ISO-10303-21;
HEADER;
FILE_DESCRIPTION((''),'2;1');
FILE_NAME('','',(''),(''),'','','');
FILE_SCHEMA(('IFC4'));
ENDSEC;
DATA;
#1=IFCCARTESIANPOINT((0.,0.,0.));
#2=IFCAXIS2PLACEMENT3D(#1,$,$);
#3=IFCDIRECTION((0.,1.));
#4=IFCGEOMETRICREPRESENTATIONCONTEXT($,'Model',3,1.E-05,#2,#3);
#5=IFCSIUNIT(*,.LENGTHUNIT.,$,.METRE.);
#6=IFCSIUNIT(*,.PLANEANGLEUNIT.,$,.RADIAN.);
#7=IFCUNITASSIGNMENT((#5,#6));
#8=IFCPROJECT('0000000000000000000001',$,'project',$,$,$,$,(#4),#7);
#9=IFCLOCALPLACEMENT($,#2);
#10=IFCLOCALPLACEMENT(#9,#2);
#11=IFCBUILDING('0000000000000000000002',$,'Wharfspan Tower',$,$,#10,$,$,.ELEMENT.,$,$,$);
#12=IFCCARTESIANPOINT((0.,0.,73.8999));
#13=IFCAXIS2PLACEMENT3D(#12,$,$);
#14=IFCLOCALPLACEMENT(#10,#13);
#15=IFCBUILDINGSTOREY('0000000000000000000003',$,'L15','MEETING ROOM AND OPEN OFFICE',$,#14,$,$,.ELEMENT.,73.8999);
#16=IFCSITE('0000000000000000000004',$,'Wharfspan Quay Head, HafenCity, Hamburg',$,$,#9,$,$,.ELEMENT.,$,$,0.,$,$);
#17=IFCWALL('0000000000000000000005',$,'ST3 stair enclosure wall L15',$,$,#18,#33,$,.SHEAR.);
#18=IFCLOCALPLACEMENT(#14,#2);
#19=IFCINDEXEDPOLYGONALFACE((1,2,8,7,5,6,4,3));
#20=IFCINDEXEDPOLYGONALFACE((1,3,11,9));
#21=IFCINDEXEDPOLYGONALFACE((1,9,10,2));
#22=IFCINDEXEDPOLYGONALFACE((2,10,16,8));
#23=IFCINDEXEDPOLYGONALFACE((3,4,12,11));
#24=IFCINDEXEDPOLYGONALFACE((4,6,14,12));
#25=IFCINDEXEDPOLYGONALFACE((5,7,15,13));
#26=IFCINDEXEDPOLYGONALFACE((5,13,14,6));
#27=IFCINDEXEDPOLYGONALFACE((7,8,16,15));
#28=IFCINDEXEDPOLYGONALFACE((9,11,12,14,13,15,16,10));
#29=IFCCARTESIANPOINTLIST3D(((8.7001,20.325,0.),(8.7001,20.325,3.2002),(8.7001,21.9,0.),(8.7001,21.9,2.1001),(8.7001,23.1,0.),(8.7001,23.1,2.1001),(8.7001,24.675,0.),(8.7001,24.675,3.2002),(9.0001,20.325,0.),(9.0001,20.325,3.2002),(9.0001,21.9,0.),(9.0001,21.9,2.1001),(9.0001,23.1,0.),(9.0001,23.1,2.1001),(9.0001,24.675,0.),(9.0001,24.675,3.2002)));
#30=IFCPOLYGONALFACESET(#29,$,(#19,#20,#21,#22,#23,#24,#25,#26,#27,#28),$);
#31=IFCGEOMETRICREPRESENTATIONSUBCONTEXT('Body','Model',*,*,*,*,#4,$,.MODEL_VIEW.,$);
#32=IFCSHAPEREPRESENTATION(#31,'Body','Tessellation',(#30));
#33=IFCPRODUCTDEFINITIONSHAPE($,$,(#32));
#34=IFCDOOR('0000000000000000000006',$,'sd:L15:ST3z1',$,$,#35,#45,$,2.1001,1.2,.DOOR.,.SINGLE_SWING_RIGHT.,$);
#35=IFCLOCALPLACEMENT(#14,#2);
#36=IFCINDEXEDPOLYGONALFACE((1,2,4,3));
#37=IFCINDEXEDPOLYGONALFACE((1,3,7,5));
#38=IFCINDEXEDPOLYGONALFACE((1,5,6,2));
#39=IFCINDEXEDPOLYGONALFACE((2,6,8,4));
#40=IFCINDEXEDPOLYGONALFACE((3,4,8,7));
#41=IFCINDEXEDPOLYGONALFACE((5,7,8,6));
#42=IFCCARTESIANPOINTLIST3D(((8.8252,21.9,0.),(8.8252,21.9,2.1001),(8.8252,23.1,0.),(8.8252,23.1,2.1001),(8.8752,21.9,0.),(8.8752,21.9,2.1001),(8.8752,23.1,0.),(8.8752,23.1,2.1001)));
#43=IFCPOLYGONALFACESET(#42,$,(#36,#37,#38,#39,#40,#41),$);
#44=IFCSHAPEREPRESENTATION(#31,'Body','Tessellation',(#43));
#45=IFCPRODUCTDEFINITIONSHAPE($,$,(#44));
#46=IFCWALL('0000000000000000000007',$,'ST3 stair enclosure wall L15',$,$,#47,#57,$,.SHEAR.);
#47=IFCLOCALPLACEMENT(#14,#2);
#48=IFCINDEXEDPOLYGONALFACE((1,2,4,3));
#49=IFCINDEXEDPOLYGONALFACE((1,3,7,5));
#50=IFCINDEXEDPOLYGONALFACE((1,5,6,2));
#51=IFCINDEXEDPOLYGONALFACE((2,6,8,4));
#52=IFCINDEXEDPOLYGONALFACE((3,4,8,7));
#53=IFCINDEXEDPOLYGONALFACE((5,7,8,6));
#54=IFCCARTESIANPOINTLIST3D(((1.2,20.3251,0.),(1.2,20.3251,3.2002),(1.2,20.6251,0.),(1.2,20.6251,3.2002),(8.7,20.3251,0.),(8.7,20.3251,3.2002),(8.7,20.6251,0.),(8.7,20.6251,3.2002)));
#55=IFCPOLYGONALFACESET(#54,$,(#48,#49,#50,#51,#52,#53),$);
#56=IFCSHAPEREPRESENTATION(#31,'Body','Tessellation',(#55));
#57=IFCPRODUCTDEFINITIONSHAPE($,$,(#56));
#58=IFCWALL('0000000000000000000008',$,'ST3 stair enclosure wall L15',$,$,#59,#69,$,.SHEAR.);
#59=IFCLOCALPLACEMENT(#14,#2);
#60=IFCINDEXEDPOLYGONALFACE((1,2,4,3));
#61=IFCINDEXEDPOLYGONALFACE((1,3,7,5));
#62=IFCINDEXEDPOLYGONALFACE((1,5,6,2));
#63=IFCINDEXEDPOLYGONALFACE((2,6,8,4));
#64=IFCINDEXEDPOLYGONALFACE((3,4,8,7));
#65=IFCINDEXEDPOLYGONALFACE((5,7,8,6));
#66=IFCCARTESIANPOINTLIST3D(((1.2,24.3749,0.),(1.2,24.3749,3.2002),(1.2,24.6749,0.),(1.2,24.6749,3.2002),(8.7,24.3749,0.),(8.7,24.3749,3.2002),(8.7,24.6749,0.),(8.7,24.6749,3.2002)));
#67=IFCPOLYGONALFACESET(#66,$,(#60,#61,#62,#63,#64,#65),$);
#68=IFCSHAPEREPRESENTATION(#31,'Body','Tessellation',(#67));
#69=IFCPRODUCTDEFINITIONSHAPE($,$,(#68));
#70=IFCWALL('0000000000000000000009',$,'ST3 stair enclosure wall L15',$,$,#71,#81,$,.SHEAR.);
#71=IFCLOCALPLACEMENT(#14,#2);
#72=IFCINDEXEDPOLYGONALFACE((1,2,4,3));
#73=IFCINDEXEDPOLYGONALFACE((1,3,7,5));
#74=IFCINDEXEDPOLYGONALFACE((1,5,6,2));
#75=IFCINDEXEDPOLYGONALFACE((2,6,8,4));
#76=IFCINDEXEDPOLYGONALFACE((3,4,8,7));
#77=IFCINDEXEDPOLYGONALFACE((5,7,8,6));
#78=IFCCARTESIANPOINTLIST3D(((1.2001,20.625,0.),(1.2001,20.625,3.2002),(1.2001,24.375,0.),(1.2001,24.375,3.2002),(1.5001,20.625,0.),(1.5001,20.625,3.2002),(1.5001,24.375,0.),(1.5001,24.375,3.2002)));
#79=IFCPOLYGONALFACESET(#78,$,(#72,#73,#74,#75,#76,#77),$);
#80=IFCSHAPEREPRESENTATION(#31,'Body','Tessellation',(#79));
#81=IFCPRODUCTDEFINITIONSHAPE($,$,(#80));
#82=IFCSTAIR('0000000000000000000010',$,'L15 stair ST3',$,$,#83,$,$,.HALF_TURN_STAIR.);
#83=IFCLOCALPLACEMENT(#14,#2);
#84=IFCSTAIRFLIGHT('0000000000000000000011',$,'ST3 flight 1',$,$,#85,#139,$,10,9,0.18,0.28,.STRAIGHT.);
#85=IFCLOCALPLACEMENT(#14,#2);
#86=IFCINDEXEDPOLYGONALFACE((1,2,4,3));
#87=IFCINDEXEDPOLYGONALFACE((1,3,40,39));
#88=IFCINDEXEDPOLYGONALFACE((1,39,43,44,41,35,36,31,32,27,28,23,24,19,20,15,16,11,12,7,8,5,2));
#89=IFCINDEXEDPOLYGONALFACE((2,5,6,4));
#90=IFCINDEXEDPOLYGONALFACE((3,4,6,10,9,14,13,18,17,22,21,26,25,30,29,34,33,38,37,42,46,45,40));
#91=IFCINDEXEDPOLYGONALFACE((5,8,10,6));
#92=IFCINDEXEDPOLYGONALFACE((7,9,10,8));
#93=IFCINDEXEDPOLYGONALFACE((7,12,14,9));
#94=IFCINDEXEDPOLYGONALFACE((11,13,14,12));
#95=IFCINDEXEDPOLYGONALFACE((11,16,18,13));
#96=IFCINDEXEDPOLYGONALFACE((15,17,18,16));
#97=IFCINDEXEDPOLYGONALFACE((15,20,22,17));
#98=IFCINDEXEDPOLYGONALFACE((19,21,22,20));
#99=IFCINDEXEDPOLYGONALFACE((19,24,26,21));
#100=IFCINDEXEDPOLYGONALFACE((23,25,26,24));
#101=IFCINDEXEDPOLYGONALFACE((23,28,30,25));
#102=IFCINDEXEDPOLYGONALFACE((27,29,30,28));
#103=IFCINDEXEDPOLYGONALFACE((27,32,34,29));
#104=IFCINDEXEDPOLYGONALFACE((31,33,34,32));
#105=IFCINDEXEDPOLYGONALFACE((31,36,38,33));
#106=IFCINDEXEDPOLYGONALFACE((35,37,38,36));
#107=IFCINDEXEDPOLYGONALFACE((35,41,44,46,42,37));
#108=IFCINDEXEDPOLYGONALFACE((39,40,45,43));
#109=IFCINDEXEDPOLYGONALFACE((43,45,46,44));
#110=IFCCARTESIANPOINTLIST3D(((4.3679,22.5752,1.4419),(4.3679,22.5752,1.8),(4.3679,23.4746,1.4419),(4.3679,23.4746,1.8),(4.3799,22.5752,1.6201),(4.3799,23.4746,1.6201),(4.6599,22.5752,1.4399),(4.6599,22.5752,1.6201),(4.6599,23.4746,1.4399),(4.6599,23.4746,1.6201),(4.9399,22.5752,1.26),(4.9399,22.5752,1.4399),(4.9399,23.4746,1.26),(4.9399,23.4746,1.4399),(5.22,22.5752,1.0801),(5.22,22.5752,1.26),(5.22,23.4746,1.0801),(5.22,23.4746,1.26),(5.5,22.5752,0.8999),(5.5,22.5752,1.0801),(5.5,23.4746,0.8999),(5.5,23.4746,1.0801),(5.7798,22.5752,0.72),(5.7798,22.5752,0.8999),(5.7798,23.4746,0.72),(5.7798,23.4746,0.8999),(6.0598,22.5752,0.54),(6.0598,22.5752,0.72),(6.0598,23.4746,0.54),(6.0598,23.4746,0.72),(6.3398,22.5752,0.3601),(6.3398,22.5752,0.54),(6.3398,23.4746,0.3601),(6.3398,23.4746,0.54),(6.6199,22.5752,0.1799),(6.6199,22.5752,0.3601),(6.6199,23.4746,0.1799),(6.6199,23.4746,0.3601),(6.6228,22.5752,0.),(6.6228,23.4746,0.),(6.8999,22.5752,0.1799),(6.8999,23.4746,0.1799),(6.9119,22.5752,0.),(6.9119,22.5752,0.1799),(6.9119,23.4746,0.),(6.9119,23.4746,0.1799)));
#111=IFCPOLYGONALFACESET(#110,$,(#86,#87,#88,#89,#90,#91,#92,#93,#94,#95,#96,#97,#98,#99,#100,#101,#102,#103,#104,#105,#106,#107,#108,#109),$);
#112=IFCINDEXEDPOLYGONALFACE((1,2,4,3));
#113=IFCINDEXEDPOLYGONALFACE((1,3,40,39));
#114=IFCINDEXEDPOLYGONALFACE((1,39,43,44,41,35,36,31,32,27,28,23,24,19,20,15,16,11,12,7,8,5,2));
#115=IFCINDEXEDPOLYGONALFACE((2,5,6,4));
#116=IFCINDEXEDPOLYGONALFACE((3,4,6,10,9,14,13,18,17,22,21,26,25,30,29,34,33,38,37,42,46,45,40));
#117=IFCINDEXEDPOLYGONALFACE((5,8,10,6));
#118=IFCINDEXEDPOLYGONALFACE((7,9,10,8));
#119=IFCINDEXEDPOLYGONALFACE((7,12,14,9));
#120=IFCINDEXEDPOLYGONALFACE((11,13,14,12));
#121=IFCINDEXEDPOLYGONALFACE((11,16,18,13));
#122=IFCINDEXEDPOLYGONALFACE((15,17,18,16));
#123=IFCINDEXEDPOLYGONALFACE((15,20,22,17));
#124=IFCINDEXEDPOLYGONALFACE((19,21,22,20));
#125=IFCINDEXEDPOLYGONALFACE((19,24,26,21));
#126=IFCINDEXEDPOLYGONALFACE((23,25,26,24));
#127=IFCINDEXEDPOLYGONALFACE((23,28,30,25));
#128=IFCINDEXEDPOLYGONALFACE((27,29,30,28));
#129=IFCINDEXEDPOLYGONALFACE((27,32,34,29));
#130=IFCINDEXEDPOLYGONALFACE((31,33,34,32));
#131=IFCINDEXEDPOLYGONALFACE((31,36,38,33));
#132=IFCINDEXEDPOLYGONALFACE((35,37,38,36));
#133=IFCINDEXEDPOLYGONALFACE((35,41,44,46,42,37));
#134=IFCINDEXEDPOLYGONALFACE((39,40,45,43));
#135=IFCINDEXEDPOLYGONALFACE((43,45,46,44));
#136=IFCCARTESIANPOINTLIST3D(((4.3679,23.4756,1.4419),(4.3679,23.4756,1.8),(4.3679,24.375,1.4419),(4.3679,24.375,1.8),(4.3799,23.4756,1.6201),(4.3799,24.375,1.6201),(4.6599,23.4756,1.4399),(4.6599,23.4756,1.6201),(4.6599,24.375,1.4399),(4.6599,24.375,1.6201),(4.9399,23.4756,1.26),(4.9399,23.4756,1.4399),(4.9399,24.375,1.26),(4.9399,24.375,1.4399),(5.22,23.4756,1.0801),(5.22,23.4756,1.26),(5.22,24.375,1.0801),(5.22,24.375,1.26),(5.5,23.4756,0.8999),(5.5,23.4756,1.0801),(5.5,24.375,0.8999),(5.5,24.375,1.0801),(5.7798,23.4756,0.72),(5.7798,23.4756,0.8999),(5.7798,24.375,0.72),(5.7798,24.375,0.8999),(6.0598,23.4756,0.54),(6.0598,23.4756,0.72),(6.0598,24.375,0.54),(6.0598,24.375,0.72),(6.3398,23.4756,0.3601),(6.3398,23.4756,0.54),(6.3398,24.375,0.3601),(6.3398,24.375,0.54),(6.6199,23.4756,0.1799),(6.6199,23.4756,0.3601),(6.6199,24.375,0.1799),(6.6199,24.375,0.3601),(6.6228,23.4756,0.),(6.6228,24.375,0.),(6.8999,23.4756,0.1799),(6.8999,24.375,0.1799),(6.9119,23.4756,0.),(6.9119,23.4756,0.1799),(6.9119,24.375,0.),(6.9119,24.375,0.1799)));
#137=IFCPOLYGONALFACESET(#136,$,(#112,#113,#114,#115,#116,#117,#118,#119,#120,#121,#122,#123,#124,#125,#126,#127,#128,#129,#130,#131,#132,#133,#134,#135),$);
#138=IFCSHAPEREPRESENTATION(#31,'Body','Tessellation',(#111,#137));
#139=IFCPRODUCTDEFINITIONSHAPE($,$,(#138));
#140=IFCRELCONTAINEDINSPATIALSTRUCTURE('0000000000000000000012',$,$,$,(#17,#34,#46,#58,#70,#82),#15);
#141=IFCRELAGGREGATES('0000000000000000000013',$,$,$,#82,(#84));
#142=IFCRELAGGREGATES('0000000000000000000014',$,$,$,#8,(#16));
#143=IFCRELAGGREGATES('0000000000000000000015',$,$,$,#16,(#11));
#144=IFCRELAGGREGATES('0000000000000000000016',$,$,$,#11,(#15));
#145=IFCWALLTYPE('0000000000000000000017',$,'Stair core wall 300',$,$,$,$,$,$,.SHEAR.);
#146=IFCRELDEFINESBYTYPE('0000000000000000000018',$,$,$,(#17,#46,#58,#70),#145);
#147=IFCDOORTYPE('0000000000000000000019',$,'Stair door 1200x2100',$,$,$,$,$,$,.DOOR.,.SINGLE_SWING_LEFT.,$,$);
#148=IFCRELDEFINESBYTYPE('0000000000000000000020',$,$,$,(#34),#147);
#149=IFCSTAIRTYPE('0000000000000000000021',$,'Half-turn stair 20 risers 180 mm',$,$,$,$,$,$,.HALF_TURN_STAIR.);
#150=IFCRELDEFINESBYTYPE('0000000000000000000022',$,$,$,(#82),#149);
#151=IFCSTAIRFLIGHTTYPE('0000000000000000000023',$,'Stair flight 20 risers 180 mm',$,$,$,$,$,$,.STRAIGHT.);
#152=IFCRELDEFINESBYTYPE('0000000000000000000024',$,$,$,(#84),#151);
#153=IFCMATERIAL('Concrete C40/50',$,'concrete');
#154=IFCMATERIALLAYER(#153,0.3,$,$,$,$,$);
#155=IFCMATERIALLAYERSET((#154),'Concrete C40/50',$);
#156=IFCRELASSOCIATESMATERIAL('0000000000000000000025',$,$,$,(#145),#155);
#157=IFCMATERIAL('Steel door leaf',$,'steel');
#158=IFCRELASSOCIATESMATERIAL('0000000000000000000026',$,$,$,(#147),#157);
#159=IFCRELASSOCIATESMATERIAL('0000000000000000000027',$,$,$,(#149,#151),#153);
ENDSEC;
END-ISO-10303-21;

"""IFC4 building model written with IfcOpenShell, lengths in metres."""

from ifc_helpers import new_model, si_unit, direction, frame, frame_2d, origin, place, context, subcontext, project, spatial, polyline, rectangle, outline, extrude, material, layer, layer_set, type_object, element, fill, aggregate, save


model = new_model("IFC4")

# Units and contexts
model_context = context("Model", 3, precision=1e-05, world=origin(), true_north=direction((0.0, 1.0)))
body_context = subcontext(model_context, "Body", "Model", "MODEL_VIEW")
ifc_project = project(units=[si_unit("LENGTHUNIT", "METRE"), si_unit("PLANEANGLEUNIT", "RADIAN")], contexts=[model_context])

# Site, building, storey
site_placement = place(None, origin())
site = spatial("IfcSite", under=ifc_project, at=site_placement, Name="Wharfspan Quay Head, HafenCity, Hamburg", CompositionType="ELEMENT", RefElevation=0.0)
building_placement = place(site_placement, origin())
building = spatial("IfcBuilding", under=site, at=building_placement, Name="Wharfspan Tower", CompositionType="ELEMENT")
storey_placement = place(building_placement, frame((0.0, 0.0, 73.8999)))
storey = spatial("IfcBuildingStorey", under=building, at=storey_placement, Name="L15", Description="MEETING ROOM AND OPEN OFFICE", CompositionType="ELEMENT", Elevation=73.8999)

# Wall, opening, door
ifc_material_1 = material(Name="Concrete C40/50", Category="concrete")
ifc_layer_1 = layer(ifc_material_1, 0.3)
ifc_layer_set_1 = layer_set([ifc_layer_1], Name="Concrete C40/50")
wall_type_1 = type_object("IfcWallType", Name="Stair core wall 300", PredefinedType="SHEAR", material=ifc_layer_set_1)
wall_1_placement = place(storey_placement, frame((8.8501, 20.325, 0.0), z_axis=(0.0, 0.0, 1.0), x_axis=(0.0, 1.0, 0.0)))
wall_1 = element("IfcWall", 1, at=wall_1_placement, inside=storey, type_object=wall_type_1, Name="ST3 stair enclosure wall L15", PredefinedType="SHEAR", context=body_context, shape_type="SweptSolid", body=[
    extrude(rectangle(XDim=4.3501, YDim=0.3, at=frame_2d((2.175, 0.0))), origin(), (0.0, 0.0, 1.0), 3.2002),
])
opening_1_placement = place(wall_1_placement, frame((1.575, 0.0, 0.0)))
opening_1 = element("IfcOpeningElement", 2, at=opening_1_placement, cuts=wall_1, PredefinedType="OPENING", context=body_context, shape_type="SweptSolid", body=[
    extrude(rectangle(XDim=1.2, YDim=2.1001, at=frame_2d((0.6001, 1.05))), frame((0.0, 0.1599, 0.0), z_axis=(0.0, -1.0, 0.0), x_axis=(1.0, 0.0, 0.0)), (0.0, 0.0, 1.0), 0.3201),
])
ifc_material_2 = material(Name="Steel door leaf", Category="steel")
door_type_1 = type_object("IfcDoorType", Name="Stair door 1200x2100", OperationType="SINGLE_SWING_LEFT", PredefinedType="DOOR", material=ifc_material_2)
door_1_placement = place(opening_1_placement, origin())
door_1 = element("IfcDoor", 3, at=door_1_placement, inside=storey, type_object=door_type_1, Name="sd:L15:ST3z1", OperationType="SINGLE_SWING_RIGHT", OverallHeight=2.1001, OverallWidth=1.2, PredefinedType="DOOR", context=body_context, shape_type="SweptSolid", body=[
    extrude(rectangle(XDim=1.2, YDim=2.1001, at=frame_2d((0.6001, 1.05))), frame((0.0, 0.0249, 0.0), z_axis=(0.0, -1.0, 0.0), x_axis=(1.0, 0.0, 0.0)), (0.0, 0.0, 1.0), 0.05),
])
fill(opening_1, door_1)

# Walls
for number, where, z_axis, x_axis, name in (
    (4, (1.2, 20.4751, 0.0), (0.0, 0.0, 1.0), (1.0, 0.0, 0.0), "ST3 stair enclosure wall L15"),
    (5, (1.2, 24.5249, 0.0), (0.0, 0.0, 1.0), (1.0, 0.0, 0.0), "ST3 stair enclosure wall L15"),
):
    element("IfcWall", number, at=place(storey_placement, frame(where, z_axis=z_axis, x_axis=x_axis)), inside=storey, type_object=wall_type_1, Name=name, PredefinedType="SHEAR", context=body_context, shape_type="SweptSolid", body=[
        extrude(rectangle(XDim=7.5, YDim=0.3, at=frame_2d((3.75, 0.0))), origin(), (0.0, 0.0, 1.0), 3.2002),
    ])
wall_2_placement = place(storey_placement, frame((1.3501, 20.625, 0.0), z_axis=(0.0, 0.0, 1.0), x_axis=(0.0, 1.0, 0.0)))
element("IfcWall", 6, at=wall_2_placement, inside=storey, type_object=wall_type_1, Name="ST3 stair enclosure wall L15", PredefinedType="SHEAR", context=body_context, shape_type="SweptSolid", body=[
    extrude(rectangle(XDim=3.75, YDim=0.3, at=frame_2d((1.875, 0.0))), origin(), (0.0, 0.0, 1.0), 3.2002),
])

# Stair, stair flight
stair_type = type_object("IfcStairType", Name="Half-turn stair 20 risers 180 mm", PredefinedType="HALF_TURN_STAIR", material=ifc_material_1)
stair_placement = place(storey_placement, origin())
stair = element("IfcStair", 7, at=stair_placement, inside=storey, type_object=stair_type, Name="L15 stair ST3", PredefinedType="HALF_TURN_STAIR")
stair_flight_type = type_object("IfcStairFlightType", Name="Stair flight 20 risers 180 mm", PredefinedType="STRAIGHT", material=ifc_material_1)
stair_flight_1_placement = place(storey_placement, frame((6.8999, 23.4751, 0.0), z_axis=(0.0, 0.0, 1.0), x_axis=(-1.0, 0.0, 0.0)))
stair_flight_1 = element("IfcStairFlight", 8, at=stair_flight_1_placement, type_object=stair_flight_type, Name="ST3 flight 1", NumberOfRisers=10, NumberOfTreads=9, PredefinedType="STRAIGHT", RiserHeight=0.18, TreadLength=0.28, context=body_context, shape_type="SweptSolid", body=[
    extrude(outline(polyline([(-0.012, 0.0), (-0.012, 0.1799), (0.0, 0.1799), (0.28, 0.1799), (0.28, 0.3601), (0.5601, 0.3601), (0.5601, 0.54), (0.8401, 0.54), (0.8401, 0.72), (1.1201, 0.72), (1.1201, 0.8999), (1.3999, 0.8999), (1.3999, 1.0801), (1.6799, 1.0801), (1.6799, 1.26), (1.96, 1.26), (1.96, 1.4399), (2.24, 1.4399), (2.24, 1.6201), (2.52, 1.6201), (2.532, 1.8), (2.532, 1.4419), (0.2771, 0.0), (-0.012, 0.0)])), frame((0.0, 0.8999, 0.0), z_axis=(0.0, -1.0, 0.0), x_axis=(1.0, 0.0, 0.0)), (0.0, 0.0, 1.0), 0.8994),
    extrude(outline(polyline([(-0.012, 0.0), (-0.012, 0.1799), (0.0, 0.1799), (0.28, 0.1799), (0.28, 0.3601), (0.5601, 0.3601), (0.5601, 0.54), (0.8401, 0.54), (0.8401, 0.72), (1.1201, 0.72), (1.1201, 0.8999), (1.3999, 0.8999), (1.3999, 1.0801), (1.6799, 1.0801), (1.6799, 1.26), (1.96, 1.26), (1.96, 1.4399), (2.24, 1.4399), (2.24, 1.6201), (2.52, 1.6201), (2.532, 1.8), (2.532, 1.4419), (0.2771, 0.0), (-0.012, 0.0)])), frame((0.0, -0.0005, 0.0), z_axis=(0.0, -1.0, 0.0), x_axis=(1.0, 0.0, 0.0)), (0.0, 0.0, 1.0), 0.8994),
])
aggregate(stair, [stair_flight_1])

save(model, "model.ifc")
